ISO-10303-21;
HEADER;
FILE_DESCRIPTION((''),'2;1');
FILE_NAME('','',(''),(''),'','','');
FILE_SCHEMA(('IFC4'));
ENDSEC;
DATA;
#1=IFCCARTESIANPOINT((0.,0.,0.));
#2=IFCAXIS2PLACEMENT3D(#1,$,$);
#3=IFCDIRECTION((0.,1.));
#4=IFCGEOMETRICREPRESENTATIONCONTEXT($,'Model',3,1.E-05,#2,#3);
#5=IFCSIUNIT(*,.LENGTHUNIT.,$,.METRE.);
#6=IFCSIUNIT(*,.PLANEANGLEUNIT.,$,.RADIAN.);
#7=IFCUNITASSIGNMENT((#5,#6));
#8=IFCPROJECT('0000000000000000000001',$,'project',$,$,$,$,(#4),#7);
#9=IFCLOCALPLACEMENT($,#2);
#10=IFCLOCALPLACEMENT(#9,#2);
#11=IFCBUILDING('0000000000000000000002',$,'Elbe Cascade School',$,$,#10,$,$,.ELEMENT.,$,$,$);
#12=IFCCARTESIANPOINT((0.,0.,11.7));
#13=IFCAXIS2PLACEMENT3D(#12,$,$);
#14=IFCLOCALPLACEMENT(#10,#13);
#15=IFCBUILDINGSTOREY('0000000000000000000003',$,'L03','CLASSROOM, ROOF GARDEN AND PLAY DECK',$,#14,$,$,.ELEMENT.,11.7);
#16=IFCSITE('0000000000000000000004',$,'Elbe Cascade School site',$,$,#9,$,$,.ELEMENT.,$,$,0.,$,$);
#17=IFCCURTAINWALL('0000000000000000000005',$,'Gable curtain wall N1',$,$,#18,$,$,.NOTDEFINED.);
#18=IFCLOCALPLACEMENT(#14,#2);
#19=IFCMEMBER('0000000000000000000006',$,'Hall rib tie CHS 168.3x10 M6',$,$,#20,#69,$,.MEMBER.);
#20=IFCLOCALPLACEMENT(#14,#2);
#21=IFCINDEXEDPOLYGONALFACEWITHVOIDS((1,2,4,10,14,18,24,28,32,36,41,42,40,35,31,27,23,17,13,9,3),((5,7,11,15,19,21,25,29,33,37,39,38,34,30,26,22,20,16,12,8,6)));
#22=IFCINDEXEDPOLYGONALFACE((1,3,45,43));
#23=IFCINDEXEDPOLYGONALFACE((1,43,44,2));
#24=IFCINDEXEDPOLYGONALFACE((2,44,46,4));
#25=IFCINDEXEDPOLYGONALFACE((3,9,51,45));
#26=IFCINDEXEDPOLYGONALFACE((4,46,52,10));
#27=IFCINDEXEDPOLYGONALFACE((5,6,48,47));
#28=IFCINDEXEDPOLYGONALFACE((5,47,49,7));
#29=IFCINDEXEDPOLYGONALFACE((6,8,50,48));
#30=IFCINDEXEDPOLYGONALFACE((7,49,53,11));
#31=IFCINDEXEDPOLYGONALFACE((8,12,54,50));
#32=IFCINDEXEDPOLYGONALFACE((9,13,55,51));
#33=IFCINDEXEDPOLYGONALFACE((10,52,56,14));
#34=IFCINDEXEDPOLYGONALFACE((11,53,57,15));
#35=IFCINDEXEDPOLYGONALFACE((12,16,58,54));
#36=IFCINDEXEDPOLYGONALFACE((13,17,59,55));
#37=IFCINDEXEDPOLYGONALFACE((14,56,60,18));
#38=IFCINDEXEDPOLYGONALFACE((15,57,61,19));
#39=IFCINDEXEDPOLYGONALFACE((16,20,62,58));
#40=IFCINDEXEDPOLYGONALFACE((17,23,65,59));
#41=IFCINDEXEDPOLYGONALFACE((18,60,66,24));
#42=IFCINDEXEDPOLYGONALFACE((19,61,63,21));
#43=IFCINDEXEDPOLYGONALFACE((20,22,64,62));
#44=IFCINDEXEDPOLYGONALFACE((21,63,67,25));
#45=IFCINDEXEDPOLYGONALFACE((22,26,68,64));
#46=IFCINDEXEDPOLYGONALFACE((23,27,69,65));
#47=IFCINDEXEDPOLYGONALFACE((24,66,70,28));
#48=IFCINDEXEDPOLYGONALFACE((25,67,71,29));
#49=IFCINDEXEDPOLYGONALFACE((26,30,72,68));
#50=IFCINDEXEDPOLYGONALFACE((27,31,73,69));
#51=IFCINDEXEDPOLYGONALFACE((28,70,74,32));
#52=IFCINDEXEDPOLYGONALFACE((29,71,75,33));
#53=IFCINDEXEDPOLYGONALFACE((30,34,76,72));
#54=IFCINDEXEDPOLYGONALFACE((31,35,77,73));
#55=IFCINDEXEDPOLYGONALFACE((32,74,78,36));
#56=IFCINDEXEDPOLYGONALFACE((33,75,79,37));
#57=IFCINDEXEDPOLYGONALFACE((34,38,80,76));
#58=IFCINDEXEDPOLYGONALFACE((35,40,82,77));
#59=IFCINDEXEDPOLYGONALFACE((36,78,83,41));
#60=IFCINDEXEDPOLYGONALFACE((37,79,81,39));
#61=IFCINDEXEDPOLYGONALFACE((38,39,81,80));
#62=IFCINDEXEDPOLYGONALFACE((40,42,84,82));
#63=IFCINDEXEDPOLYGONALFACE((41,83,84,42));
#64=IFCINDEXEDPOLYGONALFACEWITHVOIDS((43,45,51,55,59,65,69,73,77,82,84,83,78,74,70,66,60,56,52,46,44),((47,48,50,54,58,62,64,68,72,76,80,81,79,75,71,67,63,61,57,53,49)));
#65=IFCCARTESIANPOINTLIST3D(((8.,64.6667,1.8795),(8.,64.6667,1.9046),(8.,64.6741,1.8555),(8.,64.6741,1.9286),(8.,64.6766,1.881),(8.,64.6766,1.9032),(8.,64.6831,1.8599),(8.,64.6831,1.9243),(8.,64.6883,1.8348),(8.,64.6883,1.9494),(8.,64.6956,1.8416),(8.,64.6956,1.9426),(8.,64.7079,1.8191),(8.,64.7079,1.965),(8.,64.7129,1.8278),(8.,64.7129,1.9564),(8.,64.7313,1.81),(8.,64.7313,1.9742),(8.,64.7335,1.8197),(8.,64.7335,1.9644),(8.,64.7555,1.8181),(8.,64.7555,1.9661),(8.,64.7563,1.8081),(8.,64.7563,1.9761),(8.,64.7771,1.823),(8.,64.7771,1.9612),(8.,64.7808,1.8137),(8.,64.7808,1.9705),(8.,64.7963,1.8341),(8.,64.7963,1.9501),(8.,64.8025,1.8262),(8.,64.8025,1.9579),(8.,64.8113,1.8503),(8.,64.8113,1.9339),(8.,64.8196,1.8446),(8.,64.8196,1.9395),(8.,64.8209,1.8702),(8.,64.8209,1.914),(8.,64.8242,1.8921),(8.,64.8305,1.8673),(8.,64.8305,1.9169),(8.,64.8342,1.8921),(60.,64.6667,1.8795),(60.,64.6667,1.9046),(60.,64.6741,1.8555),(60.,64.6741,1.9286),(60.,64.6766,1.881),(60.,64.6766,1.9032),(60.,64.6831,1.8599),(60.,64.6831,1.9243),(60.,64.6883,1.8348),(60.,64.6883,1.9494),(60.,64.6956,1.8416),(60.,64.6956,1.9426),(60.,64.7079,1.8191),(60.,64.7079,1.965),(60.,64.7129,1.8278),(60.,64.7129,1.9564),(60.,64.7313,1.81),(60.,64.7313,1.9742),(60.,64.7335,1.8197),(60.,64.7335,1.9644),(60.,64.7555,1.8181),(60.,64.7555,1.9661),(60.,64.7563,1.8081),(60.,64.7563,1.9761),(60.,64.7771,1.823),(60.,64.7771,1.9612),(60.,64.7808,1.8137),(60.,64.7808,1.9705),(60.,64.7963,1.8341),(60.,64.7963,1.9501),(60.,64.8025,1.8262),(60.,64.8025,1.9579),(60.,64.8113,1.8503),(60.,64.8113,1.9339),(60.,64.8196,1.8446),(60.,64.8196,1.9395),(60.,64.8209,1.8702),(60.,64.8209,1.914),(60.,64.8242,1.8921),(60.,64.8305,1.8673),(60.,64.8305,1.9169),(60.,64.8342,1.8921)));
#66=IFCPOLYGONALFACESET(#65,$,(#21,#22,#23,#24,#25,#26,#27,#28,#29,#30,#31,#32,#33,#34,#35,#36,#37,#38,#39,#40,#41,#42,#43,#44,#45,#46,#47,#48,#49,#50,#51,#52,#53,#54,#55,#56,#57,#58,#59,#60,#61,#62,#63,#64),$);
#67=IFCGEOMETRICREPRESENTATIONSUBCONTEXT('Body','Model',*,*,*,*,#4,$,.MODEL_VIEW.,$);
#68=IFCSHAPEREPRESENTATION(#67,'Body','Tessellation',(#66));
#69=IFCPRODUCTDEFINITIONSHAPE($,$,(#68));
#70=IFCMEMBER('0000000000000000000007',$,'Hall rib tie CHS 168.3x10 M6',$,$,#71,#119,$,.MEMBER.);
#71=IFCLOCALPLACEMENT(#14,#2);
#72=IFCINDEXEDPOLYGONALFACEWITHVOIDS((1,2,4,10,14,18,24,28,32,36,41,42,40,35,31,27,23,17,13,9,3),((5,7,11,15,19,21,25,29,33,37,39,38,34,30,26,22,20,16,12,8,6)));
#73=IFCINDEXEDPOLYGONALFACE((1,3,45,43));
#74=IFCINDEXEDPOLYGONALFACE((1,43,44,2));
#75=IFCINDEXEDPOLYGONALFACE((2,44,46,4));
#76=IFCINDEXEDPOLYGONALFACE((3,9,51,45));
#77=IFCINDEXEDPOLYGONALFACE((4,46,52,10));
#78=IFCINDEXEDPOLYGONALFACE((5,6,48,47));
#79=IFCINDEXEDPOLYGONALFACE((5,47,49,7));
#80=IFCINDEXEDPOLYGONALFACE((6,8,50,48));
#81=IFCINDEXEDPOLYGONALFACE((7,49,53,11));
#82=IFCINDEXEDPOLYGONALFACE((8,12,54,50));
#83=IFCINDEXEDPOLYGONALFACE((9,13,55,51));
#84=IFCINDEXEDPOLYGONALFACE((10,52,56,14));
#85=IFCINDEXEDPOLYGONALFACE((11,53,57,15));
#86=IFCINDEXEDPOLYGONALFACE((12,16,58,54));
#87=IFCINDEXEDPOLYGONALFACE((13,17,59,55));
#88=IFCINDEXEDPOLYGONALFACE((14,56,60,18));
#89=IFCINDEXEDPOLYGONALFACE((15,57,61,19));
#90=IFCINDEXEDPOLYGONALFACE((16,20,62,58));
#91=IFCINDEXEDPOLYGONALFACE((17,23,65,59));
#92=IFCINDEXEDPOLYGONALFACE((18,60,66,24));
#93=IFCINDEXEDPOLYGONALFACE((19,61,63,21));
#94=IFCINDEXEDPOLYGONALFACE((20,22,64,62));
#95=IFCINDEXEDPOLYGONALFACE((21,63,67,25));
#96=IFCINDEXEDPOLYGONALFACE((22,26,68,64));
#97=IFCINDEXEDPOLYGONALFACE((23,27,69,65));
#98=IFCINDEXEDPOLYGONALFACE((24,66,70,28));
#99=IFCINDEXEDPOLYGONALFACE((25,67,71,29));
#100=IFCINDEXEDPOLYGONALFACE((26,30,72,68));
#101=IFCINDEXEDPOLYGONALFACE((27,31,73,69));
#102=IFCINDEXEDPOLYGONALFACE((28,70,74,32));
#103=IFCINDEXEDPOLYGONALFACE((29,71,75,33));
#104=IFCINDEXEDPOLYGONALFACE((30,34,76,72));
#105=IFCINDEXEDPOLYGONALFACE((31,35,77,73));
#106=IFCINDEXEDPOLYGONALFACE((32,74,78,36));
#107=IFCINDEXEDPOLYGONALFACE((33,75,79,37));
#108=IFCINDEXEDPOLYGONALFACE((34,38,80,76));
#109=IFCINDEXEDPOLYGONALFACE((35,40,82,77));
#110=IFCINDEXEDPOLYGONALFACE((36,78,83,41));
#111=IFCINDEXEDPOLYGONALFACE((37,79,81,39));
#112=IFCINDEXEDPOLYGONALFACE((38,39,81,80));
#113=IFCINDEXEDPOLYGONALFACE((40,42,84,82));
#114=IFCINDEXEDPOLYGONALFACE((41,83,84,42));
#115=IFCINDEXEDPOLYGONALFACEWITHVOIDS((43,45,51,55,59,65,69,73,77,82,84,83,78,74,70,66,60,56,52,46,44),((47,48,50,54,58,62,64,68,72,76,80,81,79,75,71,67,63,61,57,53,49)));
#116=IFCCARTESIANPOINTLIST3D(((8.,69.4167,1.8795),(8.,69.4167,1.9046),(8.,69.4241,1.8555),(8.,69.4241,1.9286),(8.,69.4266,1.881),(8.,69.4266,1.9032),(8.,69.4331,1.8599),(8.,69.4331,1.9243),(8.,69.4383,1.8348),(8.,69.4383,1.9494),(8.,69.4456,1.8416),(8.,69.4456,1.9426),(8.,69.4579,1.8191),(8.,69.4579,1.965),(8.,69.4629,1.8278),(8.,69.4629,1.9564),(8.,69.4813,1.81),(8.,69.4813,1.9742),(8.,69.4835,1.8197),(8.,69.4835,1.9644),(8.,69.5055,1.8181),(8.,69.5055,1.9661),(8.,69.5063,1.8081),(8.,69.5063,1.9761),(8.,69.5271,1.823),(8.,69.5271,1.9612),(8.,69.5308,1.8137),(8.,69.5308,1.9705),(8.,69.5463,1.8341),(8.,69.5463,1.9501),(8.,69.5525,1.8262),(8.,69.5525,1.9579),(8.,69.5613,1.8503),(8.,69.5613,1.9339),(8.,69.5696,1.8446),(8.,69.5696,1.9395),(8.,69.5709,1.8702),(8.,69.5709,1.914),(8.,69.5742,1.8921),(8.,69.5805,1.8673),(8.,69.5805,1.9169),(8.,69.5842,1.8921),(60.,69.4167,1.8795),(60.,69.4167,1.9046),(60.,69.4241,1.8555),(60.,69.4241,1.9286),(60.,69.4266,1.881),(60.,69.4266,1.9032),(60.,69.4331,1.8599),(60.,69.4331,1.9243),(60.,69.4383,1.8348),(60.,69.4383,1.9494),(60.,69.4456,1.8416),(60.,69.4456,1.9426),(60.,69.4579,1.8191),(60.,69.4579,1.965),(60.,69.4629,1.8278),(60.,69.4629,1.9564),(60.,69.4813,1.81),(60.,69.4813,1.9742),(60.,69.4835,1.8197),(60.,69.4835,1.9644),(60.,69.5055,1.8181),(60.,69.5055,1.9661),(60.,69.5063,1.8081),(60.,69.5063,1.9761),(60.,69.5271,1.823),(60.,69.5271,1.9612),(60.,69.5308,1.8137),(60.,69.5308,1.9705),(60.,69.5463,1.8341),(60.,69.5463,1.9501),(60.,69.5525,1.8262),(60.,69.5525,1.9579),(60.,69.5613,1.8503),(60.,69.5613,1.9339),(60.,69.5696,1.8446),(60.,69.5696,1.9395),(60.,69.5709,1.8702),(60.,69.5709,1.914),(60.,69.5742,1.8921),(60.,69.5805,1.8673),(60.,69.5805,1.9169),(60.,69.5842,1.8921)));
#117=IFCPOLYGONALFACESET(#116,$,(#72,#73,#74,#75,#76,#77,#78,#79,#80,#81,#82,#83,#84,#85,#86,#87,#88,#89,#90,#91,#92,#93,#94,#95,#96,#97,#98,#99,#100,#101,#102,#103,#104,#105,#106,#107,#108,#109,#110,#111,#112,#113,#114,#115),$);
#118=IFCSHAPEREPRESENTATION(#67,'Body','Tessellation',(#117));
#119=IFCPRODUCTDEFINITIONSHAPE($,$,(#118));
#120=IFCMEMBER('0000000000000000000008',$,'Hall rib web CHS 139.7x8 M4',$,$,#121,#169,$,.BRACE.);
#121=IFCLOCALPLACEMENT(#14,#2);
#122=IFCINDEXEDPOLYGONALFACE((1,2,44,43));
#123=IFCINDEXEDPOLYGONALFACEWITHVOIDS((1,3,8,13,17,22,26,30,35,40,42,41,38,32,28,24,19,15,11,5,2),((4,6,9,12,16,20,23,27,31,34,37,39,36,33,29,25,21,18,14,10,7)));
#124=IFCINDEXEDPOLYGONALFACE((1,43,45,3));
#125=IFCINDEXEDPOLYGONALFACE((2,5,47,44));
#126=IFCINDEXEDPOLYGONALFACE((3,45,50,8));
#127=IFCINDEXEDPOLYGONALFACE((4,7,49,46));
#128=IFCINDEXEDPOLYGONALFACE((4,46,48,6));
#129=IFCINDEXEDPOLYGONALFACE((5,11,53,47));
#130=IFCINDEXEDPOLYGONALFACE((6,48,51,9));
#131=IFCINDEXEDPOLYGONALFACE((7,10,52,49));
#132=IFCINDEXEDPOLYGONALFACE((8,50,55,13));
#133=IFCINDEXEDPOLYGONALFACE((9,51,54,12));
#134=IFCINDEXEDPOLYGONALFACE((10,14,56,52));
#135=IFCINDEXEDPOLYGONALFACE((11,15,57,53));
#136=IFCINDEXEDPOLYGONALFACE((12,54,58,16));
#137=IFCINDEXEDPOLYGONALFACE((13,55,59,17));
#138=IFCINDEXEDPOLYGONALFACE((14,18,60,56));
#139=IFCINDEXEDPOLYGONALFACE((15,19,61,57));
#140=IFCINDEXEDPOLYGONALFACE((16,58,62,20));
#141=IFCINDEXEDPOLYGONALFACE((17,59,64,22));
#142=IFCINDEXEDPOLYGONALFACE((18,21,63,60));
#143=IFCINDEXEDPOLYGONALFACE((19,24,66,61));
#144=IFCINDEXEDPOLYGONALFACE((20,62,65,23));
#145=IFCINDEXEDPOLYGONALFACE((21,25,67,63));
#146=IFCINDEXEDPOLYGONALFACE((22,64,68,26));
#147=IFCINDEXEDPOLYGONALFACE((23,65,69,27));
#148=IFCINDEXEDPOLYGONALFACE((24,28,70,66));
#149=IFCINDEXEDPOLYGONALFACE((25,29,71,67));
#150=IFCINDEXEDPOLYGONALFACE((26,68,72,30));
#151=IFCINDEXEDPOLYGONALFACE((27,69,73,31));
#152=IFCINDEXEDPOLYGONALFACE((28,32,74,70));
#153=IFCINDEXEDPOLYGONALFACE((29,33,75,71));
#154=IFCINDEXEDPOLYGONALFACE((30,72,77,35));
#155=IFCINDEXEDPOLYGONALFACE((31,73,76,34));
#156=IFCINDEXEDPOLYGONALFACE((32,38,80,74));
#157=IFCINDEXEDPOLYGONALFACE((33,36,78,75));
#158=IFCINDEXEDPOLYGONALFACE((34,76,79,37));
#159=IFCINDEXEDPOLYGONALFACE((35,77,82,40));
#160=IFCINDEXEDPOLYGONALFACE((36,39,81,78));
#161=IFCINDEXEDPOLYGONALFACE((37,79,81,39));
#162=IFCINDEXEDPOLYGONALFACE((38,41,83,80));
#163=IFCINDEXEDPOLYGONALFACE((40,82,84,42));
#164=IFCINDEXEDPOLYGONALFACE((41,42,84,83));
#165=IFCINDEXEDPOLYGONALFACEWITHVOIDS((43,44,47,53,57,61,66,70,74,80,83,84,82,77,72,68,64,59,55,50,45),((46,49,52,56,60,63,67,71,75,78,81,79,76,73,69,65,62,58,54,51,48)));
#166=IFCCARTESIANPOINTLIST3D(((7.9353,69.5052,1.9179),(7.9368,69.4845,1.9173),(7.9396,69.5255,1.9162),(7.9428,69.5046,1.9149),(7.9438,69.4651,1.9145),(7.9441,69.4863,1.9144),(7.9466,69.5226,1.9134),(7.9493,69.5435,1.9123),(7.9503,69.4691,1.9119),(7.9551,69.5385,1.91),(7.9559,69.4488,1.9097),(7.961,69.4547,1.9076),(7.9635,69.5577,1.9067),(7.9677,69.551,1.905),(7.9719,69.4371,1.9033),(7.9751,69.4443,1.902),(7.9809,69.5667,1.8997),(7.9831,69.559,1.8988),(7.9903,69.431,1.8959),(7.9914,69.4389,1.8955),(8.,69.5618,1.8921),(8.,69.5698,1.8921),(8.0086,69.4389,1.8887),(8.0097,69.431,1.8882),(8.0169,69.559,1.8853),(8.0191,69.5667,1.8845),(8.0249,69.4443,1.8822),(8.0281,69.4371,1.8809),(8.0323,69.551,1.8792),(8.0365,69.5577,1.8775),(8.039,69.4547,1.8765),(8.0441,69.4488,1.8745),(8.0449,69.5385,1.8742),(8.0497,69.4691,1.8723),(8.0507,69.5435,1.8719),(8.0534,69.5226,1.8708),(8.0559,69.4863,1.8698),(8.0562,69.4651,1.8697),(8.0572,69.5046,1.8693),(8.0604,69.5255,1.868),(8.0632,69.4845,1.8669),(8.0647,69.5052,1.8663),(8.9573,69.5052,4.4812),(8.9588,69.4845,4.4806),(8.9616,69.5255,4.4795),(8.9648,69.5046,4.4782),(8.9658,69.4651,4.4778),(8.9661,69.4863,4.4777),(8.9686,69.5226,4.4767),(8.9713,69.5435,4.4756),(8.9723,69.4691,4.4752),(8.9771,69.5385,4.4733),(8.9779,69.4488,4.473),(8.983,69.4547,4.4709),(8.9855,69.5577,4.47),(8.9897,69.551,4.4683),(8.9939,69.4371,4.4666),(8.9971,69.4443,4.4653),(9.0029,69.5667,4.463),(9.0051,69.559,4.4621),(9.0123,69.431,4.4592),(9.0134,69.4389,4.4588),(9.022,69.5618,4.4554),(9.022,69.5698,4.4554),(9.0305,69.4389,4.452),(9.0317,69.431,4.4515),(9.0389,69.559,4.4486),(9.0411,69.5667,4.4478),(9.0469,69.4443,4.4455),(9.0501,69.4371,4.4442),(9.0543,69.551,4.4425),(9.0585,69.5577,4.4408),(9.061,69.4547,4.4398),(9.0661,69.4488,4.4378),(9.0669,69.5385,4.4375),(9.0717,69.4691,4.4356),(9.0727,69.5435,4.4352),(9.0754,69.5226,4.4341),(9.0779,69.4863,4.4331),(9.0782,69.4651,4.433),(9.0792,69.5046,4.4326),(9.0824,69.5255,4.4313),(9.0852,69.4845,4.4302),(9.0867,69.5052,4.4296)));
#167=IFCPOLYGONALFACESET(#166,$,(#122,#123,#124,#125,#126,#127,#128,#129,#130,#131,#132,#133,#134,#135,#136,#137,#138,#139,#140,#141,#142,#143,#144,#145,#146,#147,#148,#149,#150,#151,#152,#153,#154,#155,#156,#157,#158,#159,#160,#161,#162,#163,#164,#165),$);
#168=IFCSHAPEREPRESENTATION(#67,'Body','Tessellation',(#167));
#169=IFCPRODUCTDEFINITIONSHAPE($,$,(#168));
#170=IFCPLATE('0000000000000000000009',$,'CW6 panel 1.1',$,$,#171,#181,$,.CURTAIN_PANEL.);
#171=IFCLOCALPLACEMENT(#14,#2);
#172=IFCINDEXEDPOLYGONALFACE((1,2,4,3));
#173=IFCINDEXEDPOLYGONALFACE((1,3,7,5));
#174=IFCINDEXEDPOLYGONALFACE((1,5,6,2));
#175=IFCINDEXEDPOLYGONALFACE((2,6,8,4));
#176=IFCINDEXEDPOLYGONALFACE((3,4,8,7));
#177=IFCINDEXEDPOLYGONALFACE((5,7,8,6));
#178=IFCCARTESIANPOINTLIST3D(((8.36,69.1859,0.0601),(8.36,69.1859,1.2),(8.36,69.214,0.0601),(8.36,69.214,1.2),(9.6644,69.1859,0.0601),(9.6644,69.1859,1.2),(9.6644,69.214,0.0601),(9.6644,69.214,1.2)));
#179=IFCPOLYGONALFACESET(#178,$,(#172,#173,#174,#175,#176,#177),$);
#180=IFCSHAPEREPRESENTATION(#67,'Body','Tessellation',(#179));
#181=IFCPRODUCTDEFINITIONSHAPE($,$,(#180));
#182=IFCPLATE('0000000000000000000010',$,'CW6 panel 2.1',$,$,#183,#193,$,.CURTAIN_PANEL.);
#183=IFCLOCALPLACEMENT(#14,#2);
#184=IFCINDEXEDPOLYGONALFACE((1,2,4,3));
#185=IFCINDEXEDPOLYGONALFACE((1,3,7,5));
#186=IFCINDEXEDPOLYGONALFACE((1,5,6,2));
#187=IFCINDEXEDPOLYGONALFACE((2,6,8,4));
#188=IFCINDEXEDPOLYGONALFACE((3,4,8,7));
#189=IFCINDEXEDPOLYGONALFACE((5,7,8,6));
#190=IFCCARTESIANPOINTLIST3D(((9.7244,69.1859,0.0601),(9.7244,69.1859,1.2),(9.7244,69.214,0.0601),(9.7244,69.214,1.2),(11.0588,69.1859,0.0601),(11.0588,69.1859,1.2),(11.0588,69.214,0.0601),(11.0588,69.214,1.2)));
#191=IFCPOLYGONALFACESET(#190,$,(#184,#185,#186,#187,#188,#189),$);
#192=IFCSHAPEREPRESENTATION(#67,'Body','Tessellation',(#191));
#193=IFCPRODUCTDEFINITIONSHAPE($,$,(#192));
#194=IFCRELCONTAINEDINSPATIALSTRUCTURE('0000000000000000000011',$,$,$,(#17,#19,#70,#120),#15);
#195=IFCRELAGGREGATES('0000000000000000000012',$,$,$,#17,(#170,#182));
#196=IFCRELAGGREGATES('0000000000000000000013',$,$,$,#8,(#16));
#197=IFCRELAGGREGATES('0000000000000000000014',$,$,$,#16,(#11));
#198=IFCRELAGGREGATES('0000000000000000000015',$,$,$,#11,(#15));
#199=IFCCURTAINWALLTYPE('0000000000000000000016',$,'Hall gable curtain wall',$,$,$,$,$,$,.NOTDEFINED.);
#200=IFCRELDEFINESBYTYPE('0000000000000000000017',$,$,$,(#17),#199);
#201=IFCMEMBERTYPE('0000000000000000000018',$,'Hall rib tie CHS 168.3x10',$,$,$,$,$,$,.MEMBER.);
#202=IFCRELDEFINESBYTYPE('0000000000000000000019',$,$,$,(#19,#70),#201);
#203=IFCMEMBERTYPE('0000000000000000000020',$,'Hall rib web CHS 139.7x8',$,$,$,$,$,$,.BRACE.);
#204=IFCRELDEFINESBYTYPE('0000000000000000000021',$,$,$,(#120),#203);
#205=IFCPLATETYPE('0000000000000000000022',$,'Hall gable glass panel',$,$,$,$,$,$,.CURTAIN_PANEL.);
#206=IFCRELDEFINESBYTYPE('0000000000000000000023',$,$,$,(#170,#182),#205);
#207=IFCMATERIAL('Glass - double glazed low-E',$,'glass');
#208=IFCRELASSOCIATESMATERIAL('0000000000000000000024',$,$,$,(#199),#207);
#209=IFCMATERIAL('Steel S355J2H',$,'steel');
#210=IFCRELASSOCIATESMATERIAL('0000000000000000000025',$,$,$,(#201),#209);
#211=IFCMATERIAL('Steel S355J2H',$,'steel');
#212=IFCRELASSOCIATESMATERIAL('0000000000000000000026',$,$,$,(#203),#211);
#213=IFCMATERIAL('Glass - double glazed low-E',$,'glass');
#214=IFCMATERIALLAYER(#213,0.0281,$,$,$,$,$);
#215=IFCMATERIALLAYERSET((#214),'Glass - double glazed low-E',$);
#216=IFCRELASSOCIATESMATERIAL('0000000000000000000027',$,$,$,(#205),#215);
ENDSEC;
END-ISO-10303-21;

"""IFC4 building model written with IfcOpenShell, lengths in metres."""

from ifc_helpers import new_model, si_unit, direction, frame, origin, origin_2d, place, context, subcontext, project, spatial, rectangle, hollow_circle, extrude, material, layer, layer_set, material_profile, profile_set, type_object, element, aggregate, save


model = new_model("IFC4")

# Units and contexts
model_context = context("Model", 3, precision=1e-05, world=origin(), true_north=direction((0.0, 1.0)))
body_context = subcontext(model_context, "Body", "Model", "MODEL_VIEW")
ifc_project = project(units=[si_unit("LENGTHUNIT", "METRE"), si_unit("PLANEANGLEUNIT", "RADIAN")], contexts=[model_context])

# Site, building, storey
site_placement = place(None, origin())
site = spatial("IfcSite", under=ifc_project, at=site_placement, Name="Elbe Cascade School site", CompositionType="ELEMENT", RefElevation=0.0)
building_placement = place(site_placement, origin())
building = spatial("IfcBuilding", under=site, at=building_placement, Name="Elbe Cascade School", CompositionType="ELEMENT")
storey_placement = place(building_placement, frame((0.0, 0.0, 11.7)))
storey = spatial("IfcBuildingStorey", under=building, at=storey_placement, Name="L03", Description="CLASSROOM, ROOF GARDEN AND PLAY DECK", CompositionType="ELEMENT", Elevation=11.7)

# Curtain wall
ifc_material_1 = material(Name="Glass - double glazed low-E", Category="glass")
curtain_wall_type = type_object("IfcCurtainWallType", Name="Hall gable curtain wall", PredefinedType="NOTDEFINED", material=ifc_material_1)
curtain_wall_placement = place(storey_placement, origin())
curtain_wall = element("IfcCurtainWall", 1, at=curtain_wall_placement, inside=storey, type_object=curtain_wall_type, Name="Gable curtain wall N1", PredefinedType="NOTDEFINED")

# Members
ifc_material_2 = material(Name="Steel S355J2H", Category="steel")
ifc_material_profile_1 = material_profile(ifc_material_2, hollow_circle(Radius=0.0842, WallThickness=0.01, at=origin_2d()), Name="CHS 168.3x10")
ifc_profile_set_1 = profile_set([ifc_material_profile_1], Name="Steel S355J2H")
member_type_1 = type_object("IfcMemberType", Name="Hall rib tie CHS 168.3x10", PredefinedType="MEMBER", material=ifc_profile_set_1)
for number, where, z_axis, x_axis, name in (
    (2, (8.0, 64.75, 1.8921), (1.0, 0.0, 0.0), (0.0, 1.0, 0.0), "Hall rib tie CHS 168.3x10 M6"),
    (3, (8.0, 69.5, 1.8921), (1.0, 0.0, 0.0), (0.0, 1.0, 0.0), "Hall rib tie CHS 168.3x10 M6"),
):
    element("IfcMember", number, at=place(storey_placement, frame(where, z_axis=z_axis, x_axis=x_axis)), inside=storey, type_object=member_type_1, Name=name, PredefinedType="MEMBER", context=body_context, shape_type="SweptSolid", body=[
        extrude(hollow_circle(Radius=0.0842, WallThickness=0.01, at=origin_2d()), origin(), (0.0, 0.0, 1.0), 52.0),
    ])
ifc_material_3 = material(Name="Steel S355J2H", Category="steel")
ifc_material_profile_2 = material_profile(ifc_material_3, hollow_circle(Radius=0.0698, WallThickness=0.0081, at=origin_2d()), Name="CHS 139.7x8")
ifc_profile_set_2 = profile_set([ifc_material_profile_2], Name="Steel S355J2H")
member_type_2 = type_object("IfcMemberType", Name="Hall rib web CHS 139.7x8", PredefinedType="BRACE", material=ifc_profile_set_2)
member_1_placement = place(storey_placement, frame((8.0, 69.5, 1.8921), z_axis=(0.370353, 0.0, 0.928891), x_axis=(0.0, 1.0, 0.0)))
element("IfcMember", 4, at=member_1_placement, inside=storey, type_object=member_type_2, Name="Hall rib web CHS 139.7x8 M4", PredefinedType="BRACE", context=body_context, shape_type="SweptSolid", body=[
    extrude(hollow_circle(Radius=0.0698, WallThickness=0.0081, at=origin_2d()), origin(), (0.0, 0.0, 1.0), 2.7595),
])

# Plates
ifc_material_4 = material(Name="Glass - double glazed low-E", Category="glass")
ifc_layer_1 = layer(ifc_material_4, 0.0281)
ifc_layer_set_1 = layer_set([ifc_layer_1], Name="Glass - double glazed low-E")
plate_type = type_object("IfcPlateType", Name="Hall gable glass panel", PredefinedType="CURTAIN_PANEL", material=ifc_layer_set_1)
plate_1_placement = place(storey_placement, frame((9.0122, 69.2, 0.0601), z_axis=(0.0, 0.0, 1.0), x_axis=(1.0, 0.0, 0.0)))
plate_1 = element("IfcPlate", 5, at=plate_1_placement, type_object=plate_type, Name="CW6 panel 1.1", PredefinedType="CURTAIN_PANEL", context=body_context, shape_type="SweptSolid", body=[
    extrude(rectangle(XDim=1.3044, YDim=0.0281, at=origin_2d()), origin(), (0.0, 0.0, 1.0), 1.1399),
])
plate_2_placement = place(storey_placement, frame((10.3916, 69.2, 0.0601), z_axis=(0.0, 0.0, 1.0), x_axis=(1.0, 0.0, 0.0)))
plate_2 = element("IfcPlate", 6, at=plate_2_placement, type_object=plate_type, Name="CW6 panel 2.1", PredefinedType="CURTAIN_PANEL", context=body_context, shape_type="SweptSolid", body=[
    extrude(rectangle(XDim=1.3345, YDim=0.0281, at=origin_2d()), origin(), (0.0, 0.0, 1.0), 1.1399),
])
aggregate(curtain_wall, [plate_1, plate_2])

save(model, "model.ifc")
